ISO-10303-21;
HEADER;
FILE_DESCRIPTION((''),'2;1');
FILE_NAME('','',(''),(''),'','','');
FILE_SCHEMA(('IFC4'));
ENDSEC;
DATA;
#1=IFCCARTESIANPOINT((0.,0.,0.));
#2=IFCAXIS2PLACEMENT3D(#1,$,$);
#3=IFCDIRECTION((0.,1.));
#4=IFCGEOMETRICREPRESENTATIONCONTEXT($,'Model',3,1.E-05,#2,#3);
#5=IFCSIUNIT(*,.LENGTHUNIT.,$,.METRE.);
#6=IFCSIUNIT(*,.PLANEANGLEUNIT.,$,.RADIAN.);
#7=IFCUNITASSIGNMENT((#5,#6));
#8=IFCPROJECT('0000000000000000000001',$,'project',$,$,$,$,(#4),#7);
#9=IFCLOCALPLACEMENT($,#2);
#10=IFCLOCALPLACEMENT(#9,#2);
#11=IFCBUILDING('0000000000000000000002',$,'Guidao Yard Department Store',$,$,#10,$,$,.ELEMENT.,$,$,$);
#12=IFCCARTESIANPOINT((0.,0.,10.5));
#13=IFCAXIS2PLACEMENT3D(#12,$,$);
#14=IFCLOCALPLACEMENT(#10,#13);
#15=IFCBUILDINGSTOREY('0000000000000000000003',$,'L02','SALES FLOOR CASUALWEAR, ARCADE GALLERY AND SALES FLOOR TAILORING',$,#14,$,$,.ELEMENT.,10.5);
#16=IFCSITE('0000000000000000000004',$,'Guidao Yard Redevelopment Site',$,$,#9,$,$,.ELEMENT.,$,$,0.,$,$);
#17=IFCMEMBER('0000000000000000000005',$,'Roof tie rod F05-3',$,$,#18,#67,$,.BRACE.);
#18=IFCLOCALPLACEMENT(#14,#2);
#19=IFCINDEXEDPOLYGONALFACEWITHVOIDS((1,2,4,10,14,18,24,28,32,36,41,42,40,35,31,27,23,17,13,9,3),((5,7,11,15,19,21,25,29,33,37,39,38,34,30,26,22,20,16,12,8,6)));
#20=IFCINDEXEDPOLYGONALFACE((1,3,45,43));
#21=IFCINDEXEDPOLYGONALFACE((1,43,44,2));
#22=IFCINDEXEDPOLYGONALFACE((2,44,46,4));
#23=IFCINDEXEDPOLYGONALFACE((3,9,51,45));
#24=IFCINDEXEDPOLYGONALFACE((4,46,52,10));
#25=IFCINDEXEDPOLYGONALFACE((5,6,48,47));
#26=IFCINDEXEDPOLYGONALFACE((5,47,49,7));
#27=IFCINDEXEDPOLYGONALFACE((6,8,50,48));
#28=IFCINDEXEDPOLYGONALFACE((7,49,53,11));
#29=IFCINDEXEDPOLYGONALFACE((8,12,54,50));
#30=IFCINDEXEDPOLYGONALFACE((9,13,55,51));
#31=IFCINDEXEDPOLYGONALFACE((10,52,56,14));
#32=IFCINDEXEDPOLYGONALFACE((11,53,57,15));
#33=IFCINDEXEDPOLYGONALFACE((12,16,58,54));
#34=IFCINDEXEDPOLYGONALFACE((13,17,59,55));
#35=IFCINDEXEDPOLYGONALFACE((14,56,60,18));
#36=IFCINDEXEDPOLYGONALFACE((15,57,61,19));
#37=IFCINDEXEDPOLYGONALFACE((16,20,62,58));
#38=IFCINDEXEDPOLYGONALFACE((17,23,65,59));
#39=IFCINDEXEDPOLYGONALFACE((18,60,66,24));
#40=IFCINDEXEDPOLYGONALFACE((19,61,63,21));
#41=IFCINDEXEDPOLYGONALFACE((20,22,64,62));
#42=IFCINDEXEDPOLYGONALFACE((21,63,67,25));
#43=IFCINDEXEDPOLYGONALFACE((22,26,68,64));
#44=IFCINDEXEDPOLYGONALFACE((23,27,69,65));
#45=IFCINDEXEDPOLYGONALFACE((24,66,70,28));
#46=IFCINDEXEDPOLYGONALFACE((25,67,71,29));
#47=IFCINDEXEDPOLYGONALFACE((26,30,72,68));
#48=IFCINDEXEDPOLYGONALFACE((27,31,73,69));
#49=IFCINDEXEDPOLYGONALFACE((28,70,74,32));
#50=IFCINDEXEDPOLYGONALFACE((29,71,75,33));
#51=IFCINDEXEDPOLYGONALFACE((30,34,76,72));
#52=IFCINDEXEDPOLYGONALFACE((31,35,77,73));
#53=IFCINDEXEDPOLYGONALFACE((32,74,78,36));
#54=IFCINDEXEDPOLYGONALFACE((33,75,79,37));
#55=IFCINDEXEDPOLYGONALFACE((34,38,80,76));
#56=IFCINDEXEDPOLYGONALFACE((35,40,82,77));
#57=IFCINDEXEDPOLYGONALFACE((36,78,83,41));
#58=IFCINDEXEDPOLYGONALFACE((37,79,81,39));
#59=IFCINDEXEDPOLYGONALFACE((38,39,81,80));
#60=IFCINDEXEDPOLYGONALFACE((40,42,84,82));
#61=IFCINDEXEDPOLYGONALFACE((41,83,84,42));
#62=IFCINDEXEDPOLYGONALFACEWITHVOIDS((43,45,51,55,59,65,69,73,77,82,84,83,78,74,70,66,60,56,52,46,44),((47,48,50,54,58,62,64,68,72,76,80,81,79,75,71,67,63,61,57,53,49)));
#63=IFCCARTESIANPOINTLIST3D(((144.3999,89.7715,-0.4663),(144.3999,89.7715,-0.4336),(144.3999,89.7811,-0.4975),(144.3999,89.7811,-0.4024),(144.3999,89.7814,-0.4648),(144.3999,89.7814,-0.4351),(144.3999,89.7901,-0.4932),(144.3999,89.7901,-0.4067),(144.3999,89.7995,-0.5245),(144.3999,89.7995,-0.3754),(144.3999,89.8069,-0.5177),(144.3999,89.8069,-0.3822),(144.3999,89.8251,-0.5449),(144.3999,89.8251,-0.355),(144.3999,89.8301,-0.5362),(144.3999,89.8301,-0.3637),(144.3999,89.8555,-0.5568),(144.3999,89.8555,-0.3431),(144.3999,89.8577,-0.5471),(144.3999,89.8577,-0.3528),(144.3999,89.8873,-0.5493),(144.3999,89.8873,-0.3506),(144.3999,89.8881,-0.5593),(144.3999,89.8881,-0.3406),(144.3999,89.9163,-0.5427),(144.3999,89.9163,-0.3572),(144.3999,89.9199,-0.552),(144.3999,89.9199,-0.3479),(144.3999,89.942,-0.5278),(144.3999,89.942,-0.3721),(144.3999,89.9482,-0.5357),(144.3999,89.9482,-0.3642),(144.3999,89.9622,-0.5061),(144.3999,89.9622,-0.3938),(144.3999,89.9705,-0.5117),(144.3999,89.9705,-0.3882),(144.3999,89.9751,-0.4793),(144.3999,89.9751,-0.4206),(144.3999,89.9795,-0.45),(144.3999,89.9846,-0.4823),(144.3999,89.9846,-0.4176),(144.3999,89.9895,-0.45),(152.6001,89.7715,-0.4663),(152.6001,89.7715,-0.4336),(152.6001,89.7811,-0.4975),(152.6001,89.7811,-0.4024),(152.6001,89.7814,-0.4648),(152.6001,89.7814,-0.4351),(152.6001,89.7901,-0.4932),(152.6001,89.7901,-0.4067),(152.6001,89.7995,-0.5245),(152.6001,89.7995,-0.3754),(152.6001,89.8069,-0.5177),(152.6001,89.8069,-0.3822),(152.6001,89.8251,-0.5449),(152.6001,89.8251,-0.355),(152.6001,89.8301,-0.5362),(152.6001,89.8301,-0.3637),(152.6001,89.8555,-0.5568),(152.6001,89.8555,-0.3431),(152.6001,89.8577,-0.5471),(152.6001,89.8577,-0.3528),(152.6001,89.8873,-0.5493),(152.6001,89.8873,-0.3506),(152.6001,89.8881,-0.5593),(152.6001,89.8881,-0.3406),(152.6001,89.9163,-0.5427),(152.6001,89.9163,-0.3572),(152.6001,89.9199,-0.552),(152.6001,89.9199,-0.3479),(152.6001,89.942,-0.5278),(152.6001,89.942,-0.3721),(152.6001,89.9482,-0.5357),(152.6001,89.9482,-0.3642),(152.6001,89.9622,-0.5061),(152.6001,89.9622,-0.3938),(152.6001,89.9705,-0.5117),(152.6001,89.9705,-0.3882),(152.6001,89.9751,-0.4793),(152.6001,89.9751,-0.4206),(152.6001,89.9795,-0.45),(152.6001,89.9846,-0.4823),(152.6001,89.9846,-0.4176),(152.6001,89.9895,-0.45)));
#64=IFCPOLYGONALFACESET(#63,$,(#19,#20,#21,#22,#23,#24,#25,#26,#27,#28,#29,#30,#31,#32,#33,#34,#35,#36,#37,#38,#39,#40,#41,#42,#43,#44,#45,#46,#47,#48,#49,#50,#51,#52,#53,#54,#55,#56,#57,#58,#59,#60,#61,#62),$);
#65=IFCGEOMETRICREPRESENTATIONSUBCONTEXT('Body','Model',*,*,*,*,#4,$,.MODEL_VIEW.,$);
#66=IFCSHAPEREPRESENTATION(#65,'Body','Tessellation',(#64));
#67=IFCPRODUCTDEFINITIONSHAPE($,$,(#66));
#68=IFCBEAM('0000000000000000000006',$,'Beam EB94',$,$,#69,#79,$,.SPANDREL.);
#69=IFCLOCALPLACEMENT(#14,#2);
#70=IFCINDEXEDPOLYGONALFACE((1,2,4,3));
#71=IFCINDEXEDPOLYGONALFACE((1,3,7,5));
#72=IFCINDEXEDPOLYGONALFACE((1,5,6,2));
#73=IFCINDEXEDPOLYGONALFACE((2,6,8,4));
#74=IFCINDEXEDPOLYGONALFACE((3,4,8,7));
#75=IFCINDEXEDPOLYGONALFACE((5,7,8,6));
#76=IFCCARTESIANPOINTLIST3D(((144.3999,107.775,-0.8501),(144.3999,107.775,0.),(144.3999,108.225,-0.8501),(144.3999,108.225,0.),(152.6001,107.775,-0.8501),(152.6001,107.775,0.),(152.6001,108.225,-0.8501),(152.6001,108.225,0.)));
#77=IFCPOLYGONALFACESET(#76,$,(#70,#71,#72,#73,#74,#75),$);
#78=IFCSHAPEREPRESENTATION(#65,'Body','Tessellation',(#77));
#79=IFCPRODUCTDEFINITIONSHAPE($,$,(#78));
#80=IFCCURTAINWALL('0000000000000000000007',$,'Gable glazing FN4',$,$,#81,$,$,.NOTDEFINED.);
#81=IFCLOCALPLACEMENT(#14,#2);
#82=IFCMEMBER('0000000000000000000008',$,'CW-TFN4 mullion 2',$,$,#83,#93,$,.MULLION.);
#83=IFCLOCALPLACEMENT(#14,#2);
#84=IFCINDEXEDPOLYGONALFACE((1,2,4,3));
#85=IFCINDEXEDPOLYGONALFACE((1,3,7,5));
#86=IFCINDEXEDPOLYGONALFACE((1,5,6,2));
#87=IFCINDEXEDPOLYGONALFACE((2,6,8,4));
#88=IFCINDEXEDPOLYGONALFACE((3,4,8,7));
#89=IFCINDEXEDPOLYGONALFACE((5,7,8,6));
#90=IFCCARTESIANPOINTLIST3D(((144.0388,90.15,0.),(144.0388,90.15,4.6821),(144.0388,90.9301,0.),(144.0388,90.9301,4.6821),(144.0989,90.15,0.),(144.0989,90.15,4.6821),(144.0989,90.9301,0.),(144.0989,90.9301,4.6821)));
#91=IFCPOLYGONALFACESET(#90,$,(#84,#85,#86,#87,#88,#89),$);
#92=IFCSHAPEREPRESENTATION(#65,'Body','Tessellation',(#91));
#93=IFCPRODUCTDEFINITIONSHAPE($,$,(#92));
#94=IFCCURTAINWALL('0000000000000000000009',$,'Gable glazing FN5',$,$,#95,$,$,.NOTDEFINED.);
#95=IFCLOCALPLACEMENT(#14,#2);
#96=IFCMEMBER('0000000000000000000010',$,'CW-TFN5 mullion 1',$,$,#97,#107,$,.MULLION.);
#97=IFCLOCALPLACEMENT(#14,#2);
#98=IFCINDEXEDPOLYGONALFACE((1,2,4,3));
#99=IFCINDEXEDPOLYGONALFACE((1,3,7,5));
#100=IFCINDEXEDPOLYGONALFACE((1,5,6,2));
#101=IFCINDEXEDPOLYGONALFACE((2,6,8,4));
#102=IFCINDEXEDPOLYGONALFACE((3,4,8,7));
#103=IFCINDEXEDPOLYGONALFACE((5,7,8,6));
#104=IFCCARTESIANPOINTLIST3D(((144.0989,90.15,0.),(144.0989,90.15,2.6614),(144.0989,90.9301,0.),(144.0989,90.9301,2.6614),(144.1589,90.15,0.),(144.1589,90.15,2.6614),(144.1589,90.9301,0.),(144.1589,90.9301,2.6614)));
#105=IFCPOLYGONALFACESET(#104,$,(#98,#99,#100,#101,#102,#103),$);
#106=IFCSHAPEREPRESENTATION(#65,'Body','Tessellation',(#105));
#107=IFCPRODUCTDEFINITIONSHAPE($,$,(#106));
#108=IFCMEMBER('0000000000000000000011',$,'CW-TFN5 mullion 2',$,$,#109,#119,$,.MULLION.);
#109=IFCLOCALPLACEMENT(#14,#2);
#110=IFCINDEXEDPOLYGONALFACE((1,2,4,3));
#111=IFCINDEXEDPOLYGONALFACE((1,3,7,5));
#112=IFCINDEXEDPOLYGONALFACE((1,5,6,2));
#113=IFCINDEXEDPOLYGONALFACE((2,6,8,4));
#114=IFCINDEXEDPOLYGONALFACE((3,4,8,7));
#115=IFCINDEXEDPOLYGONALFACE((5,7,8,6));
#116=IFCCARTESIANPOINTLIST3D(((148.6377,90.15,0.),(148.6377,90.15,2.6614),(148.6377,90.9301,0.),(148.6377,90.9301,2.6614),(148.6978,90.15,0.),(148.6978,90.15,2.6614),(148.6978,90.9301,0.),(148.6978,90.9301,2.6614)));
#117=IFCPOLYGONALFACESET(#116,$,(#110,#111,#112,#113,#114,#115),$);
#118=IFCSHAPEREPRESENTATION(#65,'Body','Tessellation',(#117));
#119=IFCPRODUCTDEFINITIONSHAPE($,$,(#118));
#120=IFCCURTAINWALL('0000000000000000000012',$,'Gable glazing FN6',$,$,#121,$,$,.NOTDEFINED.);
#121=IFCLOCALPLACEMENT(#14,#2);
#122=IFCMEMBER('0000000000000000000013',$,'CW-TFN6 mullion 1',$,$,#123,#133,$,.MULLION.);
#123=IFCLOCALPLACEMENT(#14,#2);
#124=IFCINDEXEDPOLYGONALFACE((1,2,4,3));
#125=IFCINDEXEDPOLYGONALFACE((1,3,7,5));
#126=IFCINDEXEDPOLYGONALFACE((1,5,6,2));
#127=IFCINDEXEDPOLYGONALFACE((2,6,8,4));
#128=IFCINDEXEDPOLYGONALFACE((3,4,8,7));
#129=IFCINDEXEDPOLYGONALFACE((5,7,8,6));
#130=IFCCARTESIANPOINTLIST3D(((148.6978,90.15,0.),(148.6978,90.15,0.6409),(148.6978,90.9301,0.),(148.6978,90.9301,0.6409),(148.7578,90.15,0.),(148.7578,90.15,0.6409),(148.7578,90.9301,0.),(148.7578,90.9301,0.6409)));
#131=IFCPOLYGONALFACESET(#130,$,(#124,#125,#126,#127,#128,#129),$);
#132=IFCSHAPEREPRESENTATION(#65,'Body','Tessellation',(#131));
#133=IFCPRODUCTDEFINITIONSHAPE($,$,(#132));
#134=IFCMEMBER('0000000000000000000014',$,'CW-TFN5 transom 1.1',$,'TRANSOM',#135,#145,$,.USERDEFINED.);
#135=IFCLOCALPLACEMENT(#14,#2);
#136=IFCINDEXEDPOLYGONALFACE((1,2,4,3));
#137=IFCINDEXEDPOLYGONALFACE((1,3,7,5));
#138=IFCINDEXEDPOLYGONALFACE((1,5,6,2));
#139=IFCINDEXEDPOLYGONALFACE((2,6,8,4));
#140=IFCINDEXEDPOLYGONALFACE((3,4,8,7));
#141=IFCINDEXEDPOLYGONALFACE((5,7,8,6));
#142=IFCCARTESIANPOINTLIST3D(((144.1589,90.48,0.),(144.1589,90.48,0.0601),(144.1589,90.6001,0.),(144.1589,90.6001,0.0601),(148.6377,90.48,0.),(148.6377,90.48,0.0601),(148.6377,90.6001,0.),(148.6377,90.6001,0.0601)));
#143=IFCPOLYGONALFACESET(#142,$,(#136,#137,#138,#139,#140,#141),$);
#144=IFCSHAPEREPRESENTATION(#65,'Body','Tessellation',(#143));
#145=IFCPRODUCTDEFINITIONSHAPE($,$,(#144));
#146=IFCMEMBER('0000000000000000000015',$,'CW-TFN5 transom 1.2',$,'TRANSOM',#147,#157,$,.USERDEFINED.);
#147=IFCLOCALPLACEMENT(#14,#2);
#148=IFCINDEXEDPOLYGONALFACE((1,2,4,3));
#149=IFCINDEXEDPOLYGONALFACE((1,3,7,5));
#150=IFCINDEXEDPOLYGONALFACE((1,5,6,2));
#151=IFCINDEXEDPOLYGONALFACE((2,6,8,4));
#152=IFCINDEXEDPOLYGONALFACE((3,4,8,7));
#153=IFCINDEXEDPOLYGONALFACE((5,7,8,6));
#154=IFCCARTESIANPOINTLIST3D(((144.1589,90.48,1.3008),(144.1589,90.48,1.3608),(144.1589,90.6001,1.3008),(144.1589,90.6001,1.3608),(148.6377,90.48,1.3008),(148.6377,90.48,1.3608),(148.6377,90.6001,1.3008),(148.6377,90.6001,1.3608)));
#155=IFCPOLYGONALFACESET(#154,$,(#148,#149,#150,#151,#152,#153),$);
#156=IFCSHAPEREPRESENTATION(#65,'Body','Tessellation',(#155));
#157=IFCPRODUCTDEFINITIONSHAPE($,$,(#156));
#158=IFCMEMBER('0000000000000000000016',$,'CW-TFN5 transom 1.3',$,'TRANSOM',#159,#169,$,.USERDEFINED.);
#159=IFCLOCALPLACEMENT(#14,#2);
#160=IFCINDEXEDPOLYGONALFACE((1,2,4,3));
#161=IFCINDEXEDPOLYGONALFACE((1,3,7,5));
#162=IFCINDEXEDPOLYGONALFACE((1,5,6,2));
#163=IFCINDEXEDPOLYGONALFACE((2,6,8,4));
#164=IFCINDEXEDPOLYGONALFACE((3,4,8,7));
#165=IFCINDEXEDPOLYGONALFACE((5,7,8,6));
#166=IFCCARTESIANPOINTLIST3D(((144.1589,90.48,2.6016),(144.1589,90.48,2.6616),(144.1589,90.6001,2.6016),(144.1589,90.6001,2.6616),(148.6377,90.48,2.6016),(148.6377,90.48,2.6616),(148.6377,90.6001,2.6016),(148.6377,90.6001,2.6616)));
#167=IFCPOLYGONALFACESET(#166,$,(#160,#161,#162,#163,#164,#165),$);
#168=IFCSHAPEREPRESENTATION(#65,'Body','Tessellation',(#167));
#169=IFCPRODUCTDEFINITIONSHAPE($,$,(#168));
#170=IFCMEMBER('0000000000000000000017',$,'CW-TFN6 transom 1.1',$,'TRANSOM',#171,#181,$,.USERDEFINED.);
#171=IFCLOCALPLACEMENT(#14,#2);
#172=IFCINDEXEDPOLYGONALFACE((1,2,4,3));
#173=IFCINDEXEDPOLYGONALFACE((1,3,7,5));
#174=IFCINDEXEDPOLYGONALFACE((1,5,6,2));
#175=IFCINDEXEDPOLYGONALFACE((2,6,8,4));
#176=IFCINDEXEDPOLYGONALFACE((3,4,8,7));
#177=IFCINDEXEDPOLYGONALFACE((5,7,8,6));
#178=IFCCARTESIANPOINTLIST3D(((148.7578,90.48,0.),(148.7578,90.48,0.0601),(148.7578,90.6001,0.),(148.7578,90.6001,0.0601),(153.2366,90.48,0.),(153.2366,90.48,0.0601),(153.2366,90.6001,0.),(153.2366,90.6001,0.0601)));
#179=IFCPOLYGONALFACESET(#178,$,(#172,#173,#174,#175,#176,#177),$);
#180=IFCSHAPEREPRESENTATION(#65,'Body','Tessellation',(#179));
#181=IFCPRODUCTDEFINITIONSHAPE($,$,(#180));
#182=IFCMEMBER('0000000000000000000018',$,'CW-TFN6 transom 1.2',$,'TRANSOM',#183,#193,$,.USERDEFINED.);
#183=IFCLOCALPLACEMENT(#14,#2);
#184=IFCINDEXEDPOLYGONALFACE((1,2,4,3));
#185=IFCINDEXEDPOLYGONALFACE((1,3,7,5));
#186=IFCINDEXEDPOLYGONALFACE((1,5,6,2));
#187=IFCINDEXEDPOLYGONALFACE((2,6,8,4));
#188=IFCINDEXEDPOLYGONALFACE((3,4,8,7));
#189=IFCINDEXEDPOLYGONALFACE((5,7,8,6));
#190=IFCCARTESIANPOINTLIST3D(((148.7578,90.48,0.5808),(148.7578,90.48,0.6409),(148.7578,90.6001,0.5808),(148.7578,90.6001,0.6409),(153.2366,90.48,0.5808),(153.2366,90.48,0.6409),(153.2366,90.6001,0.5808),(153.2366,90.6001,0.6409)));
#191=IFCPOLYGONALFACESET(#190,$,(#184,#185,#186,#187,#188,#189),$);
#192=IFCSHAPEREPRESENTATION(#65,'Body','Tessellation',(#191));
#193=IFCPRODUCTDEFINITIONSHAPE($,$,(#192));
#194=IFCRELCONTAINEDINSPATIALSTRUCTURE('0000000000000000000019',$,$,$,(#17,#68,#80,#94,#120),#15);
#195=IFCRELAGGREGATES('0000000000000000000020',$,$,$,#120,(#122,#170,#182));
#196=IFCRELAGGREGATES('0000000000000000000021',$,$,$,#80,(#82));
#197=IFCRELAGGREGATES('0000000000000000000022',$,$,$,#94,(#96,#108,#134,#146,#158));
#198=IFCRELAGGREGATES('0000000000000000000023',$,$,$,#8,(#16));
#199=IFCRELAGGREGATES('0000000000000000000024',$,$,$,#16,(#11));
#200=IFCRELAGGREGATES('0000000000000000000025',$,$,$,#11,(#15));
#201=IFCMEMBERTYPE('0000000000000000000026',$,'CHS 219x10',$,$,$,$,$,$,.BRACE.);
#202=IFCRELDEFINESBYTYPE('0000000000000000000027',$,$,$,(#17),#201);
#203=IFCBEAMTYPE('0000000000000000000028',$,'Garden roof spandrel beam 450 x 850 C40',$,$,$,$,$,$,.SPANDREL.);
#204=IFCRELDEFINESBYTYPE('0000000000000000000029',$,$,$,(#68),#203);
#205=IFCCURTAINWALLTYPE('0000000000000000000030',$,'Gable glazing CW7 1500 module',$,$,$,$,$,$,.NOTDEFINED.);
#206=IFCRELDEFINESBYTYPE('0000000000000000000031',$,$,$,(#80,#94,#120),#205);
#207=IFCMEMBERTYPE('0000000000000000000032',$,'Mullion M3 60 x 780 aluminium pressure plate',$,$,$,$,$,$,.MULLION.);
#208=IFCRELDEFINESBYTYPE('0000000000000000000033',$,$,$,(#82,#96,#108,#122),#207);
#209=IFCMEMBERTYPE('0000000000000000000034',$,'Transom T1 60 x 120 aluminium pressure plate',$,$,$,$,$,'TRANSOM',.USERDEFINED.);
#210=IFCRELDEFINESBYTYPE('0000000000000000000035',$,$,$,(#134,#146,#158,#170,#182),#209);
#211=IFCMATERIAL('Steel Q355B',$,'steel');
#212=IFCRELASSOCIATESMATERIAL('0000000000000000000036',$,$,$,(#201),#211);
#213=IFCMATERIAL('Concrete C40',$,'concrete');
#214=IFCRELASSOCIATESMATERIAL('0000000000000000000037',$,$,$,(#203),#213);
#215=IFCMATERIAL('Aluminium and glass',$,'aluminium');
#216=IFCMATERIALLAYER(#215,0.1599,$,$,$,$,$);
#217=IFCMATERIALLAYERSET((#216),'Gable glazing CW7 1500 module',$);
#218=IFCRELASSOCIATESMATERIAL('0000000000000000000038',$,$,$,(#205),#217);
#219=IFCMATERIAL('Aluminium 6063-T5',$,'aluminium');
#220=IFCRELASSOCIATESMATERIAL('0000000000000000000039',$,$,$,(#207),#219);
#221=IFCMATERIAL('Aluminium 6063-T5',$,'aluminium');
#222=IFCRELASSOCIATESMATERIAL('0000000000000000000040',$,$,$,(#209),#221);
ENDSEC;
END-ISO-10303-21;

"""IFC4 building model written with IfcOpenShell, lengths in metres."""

from ifc_helpers import new_model, si_unit, direction, frame, origin, origin_2d, place, context, subcontext, project, spatial, rectangle, hollow_circle, extrude, material, layer, layer_set, material_profile, profile_set, type_object, element, aggregate, save


model = new_model("IFC4")

# Units and contexts
model_context = context("Model", 3, precision=1e-05, world=origin(), true_north=direction((0.0, 1.0)))
body_context = subcontext(model_context, "Body", "Model", "MODEL_VIEW")
ifc_project = project(units=[si_unit("LENGTHUNIT", "METRE"), si_unit("PLANEANGLEUNIT", "RADIAN")], contexts=[model_context])

# Site, building, storey
site_placement = place(None, origin())
site = spatial("IfcSite", under=ifc_project, at=site_placement, Name="Guidao Yard Redevelopment Site", CompositionType="ELEMENT", RefElevation=0.0)
building_placement = place(site_placement, origin())
building = spatial("IfcBuilding", under=site, at=building_placement, Name="Guidao Yard Department Store", CompositionType="ELEMENT")
storey_placement = place(building_placement, frame((0.0, 0.0, 10.5)))
storey = spatial("IfcBuildingStorey", under=building, at=storey_placement, Name="L02", Description="SALES FLOOR CASUALWEAR, ARCADE GALLERY AND SALES FLOOR TAILORING", CompositionType="ELEMENT", Elevation=10.5)

# Member
ifc_material_1 = material(Name="Steel Q355B", Category="steel")
ifc_material_profile_1 = material_profile(ifc_material_1, hollow_circle(Radius=0.1096, WallThickness=0.01, at=origin_2d()), Name="CHS 219x10")
ifc_profile_set_1 = profile_set([ifc_material_profile_1], Name="Steel Q355B")
member_type_1 = type_object("IfcMemberType", Name="CHS 219x10", PredefinedType="BRACE", material=ifc_profile_set_1)
member_1_placement = place(storey_placement, frame((144.3999, 89.8799, -0.45), z_axis=(1.0, 0.0, 0.0), x_axis=(0.0, 1.0, 0.0)))
element("IfcMember", 1, at=member_1_placement, inside=storey, type_object=member_type_1, Name="Roof tie rod F05-3", PredefinedType="BRACE", context=body_context, shape_type="SweptSolid", body=[
    extrude(hollow_circle(Radius=0.1096, WallThickness=0.01, at=origin_2d()), origin(), (0.0, 0.0, 1.0), 8.2002),
])

# Beam
ifc_material_2 = material(Name="Concrete C40", Category="concrete")
ifc_material_profile_2 = material_profile(ifc_material_2, rectangle(XDim=0.45, YDim=0.8501, at=origin_2d()), Name="Garden roof spandrel beam 450 x 850 C40")
ifc_profile_set_2 = profile_set([ifc_material_profile_2], Name="Concrete C40")
beam_type_1 = type_object("IfcBeamType", Name="Garden roof spandrel beam 450 x 850 C40", PredefinedType="SPANDREL", material=ifc_profile_set_2)
beam_1_placement = place(storey_placement, frame((144.3999, 108.0, -0.425), z_axis=(1.0, 0.0, 0.0), x_axis=(0.0, 1.0, 0.0)))
element("IfcBeam", 2, at=beam_1_placement, inside=storey, type_object=beam_type_1, Name="Beam EB94", PredefinedType="SPANDREL", context=body_context, shape_type="SweptSolid", body=[
    extrude(rectangle(XDim=0.45, YDim=0.8501, at=origin_2d()), origin(), (0.0, 0.0, 1.0), 8.2002),
])

# Curtain wall, member
ifc_material_3 = material(Name="Aluminium and glass", Category="aluminium")
ifc_layer_1 = layer(ifc_material_3, 0.1599)
ifc_layer_set_1 = layer_set([ifc_layer_1], Name="Gable glazing CW7 1500 module")
curtain_wall_type = type_object("IfcCurtainWallType", Name="Gable glazing CW7 1500 module", PredefinedType="NOTDEFINED", material=ifc_layer_set_1)
curtain_wall_1_placement = place(storey_placement, origin())
curtain_wall_1 = element("IfcCurtainWall", 3, at=curtain_wall_1_placement, inside=storey, type_object=curtain_wall_type, Name="Gable glazing FN4", PredefinedType="NOTDEFINED")
ifc_material_4 = material(Name="Aluminium 6063-T5", Category="aluminium")
ifc_material_profile_3 = material_profile(ifc_material_4, rectangle(XDim=0.0601, YDim=0.78, at=origin_2d()), Name="Mullion M3 60 x 780 aluminium pressure plate")
ifc_profile_set_3 = profile_set([ifc_material_profile_3], Name="Aluminium 6063-T5")
member_type_2 = type_object("IfcMemberType", Name="Mullion M3 60 x 780 aluminium pressure plate", PredefinedType="MULLION", material=ifc_profile_set_3)
member_2_placement = place(storey_placement, frame((144.0688, 90.54, 0.0), z_axis=(0.0, 0.0, 1.0), x_axis=(1.0, 0.0, 0.0)))
member_2 = element("IfcMember", 4, at=member_2_placement, type_object=member_type_2, Name="CW-TFN4 mullion 2", PredefinedType="MULLION", context=body_context, shape_type="SweptSolid", body=[
    extrude(rectangle(XDim=0.0601, YDim=0.78, at=origin_2d()), origin(), (0.0, 0.0, 1.0), 4.6821),
])

# Curtain wall, members
curtain_wall_2_placement = place(storey_placement, origin())
curtain_wall_2 = element("IfcCurtainWall", 5, at=curtain_wall_2_placement, inside=storey, type_object=curtain_wall_type, Name="Gable glazing FN5", PredefinedType="NOTDEFINED")
member_3_placement = place(storey_placement, frame((144.1289, 90.54, 0.0), z_axis=(0.0, 0.0, 1.0), x_axis=(1.0, 0.0, 0.0)))
member_3 = element("IfcMember", 6, at=member_3_placement, type_object=member_type_2, Name="CW-TFN5 mullion 1", PredefinedType="MULLION", context=body_context, shape_type="SweptSolid", body=[
    extrude(rectangle(XDim=0.0601, YDim=0.78, at=origin_2d()), origin(), (0.0, 0.0, 1.0), 2.6614),
])
member_4_placement = place(storey_placement, frame((148.6677, 90.54, 0.0), z_axis=(0.0, 0.0, 1.0), x_axis=(1.0, 0.0, 0.0)))
member_4 = element("IfcMember", 7, at=member_4_placement, type_object=member_type_2, Name="CW-TFN5 mullion 2", PredefinedType="MULLION", context=body_context, shape_type="SweptSolid", body=[
    extrude(rectangle(XDim=0.0601, YDim=0.78, at=origin_2d()), origin(), (0.0, 0.0, 1.0), 2.6614),
])

# Curtain wall, member
curtain_wall_3_placement = place(storey_placement, origin())
curtain_wall_3 = element("IfcCurtainWall", 8, at=curtain_wall_3_placement, inside=storey, type_object=curtain_wall_type, Name="Gable glazing FN6", PredefinedType="NOTDEFINED")
member_5_placement = place(storey_placement, frame((148.7278, 90.54, 0.0), z_axis=(0.0, 0.0, 1.0), x_axis=(1.0, 0.0, 0.0)))
member_5 = element("IfcMember", 9, at=member_5_placement, type_object=member_type_2, Name="CW-TFN6 mullion 1", PredefinedType="MULLION", context=body_context, shape_type="SweptSolid", body=[
    extrude(rectangle(XDim=0.0601, YDim=0.78, at=origin_2d()), origin(), (0.0, 0.0, 1.0), 0.6409),
])

# Members
ifc_material_5 = material(Name="Aluminium 6063-T5", Category="aluminium")
ifc_material_profile_4 = material_profile(ifc_material_5, rectangle(XDim=0.1201, YDim=0.0601, at=origin_2d()), Name="Transom T1 60 x 120 aluminium pressure plate")
ifc_profile_set_4 = profile_set([ifc_material_profile_4], Name="Aluminium 6063-T5")
member_type_3 = type_object("IfcMemberType", Name="Transom T1 60 x 120 aluminium pressure plate", ElementType="TRANSOM", PredefinedType="USERDEFINED", material=ifc_profile_set_4)
member_6_placement = place(storey_placement, frame((144.1589, 90.54, 0.03), z_axis=(1.0, 0.0, 0.0), x_axis=(0.0, 1.0, 0.0)))
member_6 = element("IfcMember", 10, at=member_6_placement, type_object=member_type_3, Name="CW-TFN5 transom 1.1", ObjectType="TRANSOM", PredefinedType="USERDEFINED", context=body_context, shape_type="SweptSolid", body=[
    extrude(rectangle(XDim=0.1201, YDim=0.0601, at=origin_2d()), origin(), (0.0, 0.0, 1.0), 4.4788),
])
member_7_placement = place(storey_placement, frame((144.1589, 90.54, 1.3308), z_axis=(1.0, 0.0, 0.0), x_axis=(0.0, 1.0, 0.0)))
member_7 = element("IfcMember", 11, at=member_7_placement, type_object=member_type_3, Name="CW-TFN5 transom 1.2", ObjectType="TRANSOM", PredefinedType="USERDEFINED", context=body_context, shape_type="SweptSolid", body=[
    extrude(rectangle(XDim=0.1201, YDim=0.0601, at=origin_2d()), origin(), (0.0, 0.0, 1.0), 4.4788),
])
member_8_placement = place(storey_placement, frame((144.1589, 90.54, 2.6316), z_axis=(1.0, 0.0, 0.0), x_axis=(0.0, 1.0, 0.0)))
member_8 = element("IfcMember", 12, at=member_8_placement, type_object=member_type_3, Name="CW-TFN5 transom 1.3", ObjectType="TRANSOM", PredefinedType="USERDEFINED", context=body_context, shape_type="SweptSolid", body=[
    extrude(rectangle(XDim=0.1201, YDim=0.0601, at=origin_2d()), origin(), (0.0, 0.0, 1.0), 4.4788),
])
member_9_placement = place(storey_placement, frame((148.7578, 90.54, 0.03), z_axis=(1.0, 0.0, 0.0), x_axis=(0.0, 1.0, 0.0)))
member_9 = element("IfcMember", 13, at=member_9_placement, type_object=member_type_3, Name="CW-TFN6 transom 1.1", ObjectType="TRANSOM", PredefinedType="USERDEFINED", context=body_context, shape_type="SweptSolid", body=[
    extrude(rectangle(XDim=0.1201, YDim=0.0601, at=origin_2d()), origin(), (0.0, 0.0, 1.0), 4.4788),
])
member_10_placement = place(storey_placement, frame((148.7578, 90.54, 0.6108), z_axis=(1.0, 0.0, 0.0), x_axis=(0.0, 1.0, 0.0)))
member_10 = element("IfcMember", 14, at=member_10_placement, type_object=member_type_3, Name="CW-TFN6 transom 1.2", ObjectType="TRANSOM", PredefinedType="USERDEFINED", context=body_context, shape_type="SweptSolid", body=[
    extrude(rectangle(XDim=0.1201, YDim=0.0601, at=origin_2d()), origin(), (0.0, 0.0, 1.0), 4.4788),
])
aggregate(curtain_wall_3, [member_5, member_9, member_10])

aggregate(curtain_wall_1, [member_2])
aggregate(curtain_wall_2, [member_3, member_4, member_6, member_7, member_8])

save(model, "model.ifc")
